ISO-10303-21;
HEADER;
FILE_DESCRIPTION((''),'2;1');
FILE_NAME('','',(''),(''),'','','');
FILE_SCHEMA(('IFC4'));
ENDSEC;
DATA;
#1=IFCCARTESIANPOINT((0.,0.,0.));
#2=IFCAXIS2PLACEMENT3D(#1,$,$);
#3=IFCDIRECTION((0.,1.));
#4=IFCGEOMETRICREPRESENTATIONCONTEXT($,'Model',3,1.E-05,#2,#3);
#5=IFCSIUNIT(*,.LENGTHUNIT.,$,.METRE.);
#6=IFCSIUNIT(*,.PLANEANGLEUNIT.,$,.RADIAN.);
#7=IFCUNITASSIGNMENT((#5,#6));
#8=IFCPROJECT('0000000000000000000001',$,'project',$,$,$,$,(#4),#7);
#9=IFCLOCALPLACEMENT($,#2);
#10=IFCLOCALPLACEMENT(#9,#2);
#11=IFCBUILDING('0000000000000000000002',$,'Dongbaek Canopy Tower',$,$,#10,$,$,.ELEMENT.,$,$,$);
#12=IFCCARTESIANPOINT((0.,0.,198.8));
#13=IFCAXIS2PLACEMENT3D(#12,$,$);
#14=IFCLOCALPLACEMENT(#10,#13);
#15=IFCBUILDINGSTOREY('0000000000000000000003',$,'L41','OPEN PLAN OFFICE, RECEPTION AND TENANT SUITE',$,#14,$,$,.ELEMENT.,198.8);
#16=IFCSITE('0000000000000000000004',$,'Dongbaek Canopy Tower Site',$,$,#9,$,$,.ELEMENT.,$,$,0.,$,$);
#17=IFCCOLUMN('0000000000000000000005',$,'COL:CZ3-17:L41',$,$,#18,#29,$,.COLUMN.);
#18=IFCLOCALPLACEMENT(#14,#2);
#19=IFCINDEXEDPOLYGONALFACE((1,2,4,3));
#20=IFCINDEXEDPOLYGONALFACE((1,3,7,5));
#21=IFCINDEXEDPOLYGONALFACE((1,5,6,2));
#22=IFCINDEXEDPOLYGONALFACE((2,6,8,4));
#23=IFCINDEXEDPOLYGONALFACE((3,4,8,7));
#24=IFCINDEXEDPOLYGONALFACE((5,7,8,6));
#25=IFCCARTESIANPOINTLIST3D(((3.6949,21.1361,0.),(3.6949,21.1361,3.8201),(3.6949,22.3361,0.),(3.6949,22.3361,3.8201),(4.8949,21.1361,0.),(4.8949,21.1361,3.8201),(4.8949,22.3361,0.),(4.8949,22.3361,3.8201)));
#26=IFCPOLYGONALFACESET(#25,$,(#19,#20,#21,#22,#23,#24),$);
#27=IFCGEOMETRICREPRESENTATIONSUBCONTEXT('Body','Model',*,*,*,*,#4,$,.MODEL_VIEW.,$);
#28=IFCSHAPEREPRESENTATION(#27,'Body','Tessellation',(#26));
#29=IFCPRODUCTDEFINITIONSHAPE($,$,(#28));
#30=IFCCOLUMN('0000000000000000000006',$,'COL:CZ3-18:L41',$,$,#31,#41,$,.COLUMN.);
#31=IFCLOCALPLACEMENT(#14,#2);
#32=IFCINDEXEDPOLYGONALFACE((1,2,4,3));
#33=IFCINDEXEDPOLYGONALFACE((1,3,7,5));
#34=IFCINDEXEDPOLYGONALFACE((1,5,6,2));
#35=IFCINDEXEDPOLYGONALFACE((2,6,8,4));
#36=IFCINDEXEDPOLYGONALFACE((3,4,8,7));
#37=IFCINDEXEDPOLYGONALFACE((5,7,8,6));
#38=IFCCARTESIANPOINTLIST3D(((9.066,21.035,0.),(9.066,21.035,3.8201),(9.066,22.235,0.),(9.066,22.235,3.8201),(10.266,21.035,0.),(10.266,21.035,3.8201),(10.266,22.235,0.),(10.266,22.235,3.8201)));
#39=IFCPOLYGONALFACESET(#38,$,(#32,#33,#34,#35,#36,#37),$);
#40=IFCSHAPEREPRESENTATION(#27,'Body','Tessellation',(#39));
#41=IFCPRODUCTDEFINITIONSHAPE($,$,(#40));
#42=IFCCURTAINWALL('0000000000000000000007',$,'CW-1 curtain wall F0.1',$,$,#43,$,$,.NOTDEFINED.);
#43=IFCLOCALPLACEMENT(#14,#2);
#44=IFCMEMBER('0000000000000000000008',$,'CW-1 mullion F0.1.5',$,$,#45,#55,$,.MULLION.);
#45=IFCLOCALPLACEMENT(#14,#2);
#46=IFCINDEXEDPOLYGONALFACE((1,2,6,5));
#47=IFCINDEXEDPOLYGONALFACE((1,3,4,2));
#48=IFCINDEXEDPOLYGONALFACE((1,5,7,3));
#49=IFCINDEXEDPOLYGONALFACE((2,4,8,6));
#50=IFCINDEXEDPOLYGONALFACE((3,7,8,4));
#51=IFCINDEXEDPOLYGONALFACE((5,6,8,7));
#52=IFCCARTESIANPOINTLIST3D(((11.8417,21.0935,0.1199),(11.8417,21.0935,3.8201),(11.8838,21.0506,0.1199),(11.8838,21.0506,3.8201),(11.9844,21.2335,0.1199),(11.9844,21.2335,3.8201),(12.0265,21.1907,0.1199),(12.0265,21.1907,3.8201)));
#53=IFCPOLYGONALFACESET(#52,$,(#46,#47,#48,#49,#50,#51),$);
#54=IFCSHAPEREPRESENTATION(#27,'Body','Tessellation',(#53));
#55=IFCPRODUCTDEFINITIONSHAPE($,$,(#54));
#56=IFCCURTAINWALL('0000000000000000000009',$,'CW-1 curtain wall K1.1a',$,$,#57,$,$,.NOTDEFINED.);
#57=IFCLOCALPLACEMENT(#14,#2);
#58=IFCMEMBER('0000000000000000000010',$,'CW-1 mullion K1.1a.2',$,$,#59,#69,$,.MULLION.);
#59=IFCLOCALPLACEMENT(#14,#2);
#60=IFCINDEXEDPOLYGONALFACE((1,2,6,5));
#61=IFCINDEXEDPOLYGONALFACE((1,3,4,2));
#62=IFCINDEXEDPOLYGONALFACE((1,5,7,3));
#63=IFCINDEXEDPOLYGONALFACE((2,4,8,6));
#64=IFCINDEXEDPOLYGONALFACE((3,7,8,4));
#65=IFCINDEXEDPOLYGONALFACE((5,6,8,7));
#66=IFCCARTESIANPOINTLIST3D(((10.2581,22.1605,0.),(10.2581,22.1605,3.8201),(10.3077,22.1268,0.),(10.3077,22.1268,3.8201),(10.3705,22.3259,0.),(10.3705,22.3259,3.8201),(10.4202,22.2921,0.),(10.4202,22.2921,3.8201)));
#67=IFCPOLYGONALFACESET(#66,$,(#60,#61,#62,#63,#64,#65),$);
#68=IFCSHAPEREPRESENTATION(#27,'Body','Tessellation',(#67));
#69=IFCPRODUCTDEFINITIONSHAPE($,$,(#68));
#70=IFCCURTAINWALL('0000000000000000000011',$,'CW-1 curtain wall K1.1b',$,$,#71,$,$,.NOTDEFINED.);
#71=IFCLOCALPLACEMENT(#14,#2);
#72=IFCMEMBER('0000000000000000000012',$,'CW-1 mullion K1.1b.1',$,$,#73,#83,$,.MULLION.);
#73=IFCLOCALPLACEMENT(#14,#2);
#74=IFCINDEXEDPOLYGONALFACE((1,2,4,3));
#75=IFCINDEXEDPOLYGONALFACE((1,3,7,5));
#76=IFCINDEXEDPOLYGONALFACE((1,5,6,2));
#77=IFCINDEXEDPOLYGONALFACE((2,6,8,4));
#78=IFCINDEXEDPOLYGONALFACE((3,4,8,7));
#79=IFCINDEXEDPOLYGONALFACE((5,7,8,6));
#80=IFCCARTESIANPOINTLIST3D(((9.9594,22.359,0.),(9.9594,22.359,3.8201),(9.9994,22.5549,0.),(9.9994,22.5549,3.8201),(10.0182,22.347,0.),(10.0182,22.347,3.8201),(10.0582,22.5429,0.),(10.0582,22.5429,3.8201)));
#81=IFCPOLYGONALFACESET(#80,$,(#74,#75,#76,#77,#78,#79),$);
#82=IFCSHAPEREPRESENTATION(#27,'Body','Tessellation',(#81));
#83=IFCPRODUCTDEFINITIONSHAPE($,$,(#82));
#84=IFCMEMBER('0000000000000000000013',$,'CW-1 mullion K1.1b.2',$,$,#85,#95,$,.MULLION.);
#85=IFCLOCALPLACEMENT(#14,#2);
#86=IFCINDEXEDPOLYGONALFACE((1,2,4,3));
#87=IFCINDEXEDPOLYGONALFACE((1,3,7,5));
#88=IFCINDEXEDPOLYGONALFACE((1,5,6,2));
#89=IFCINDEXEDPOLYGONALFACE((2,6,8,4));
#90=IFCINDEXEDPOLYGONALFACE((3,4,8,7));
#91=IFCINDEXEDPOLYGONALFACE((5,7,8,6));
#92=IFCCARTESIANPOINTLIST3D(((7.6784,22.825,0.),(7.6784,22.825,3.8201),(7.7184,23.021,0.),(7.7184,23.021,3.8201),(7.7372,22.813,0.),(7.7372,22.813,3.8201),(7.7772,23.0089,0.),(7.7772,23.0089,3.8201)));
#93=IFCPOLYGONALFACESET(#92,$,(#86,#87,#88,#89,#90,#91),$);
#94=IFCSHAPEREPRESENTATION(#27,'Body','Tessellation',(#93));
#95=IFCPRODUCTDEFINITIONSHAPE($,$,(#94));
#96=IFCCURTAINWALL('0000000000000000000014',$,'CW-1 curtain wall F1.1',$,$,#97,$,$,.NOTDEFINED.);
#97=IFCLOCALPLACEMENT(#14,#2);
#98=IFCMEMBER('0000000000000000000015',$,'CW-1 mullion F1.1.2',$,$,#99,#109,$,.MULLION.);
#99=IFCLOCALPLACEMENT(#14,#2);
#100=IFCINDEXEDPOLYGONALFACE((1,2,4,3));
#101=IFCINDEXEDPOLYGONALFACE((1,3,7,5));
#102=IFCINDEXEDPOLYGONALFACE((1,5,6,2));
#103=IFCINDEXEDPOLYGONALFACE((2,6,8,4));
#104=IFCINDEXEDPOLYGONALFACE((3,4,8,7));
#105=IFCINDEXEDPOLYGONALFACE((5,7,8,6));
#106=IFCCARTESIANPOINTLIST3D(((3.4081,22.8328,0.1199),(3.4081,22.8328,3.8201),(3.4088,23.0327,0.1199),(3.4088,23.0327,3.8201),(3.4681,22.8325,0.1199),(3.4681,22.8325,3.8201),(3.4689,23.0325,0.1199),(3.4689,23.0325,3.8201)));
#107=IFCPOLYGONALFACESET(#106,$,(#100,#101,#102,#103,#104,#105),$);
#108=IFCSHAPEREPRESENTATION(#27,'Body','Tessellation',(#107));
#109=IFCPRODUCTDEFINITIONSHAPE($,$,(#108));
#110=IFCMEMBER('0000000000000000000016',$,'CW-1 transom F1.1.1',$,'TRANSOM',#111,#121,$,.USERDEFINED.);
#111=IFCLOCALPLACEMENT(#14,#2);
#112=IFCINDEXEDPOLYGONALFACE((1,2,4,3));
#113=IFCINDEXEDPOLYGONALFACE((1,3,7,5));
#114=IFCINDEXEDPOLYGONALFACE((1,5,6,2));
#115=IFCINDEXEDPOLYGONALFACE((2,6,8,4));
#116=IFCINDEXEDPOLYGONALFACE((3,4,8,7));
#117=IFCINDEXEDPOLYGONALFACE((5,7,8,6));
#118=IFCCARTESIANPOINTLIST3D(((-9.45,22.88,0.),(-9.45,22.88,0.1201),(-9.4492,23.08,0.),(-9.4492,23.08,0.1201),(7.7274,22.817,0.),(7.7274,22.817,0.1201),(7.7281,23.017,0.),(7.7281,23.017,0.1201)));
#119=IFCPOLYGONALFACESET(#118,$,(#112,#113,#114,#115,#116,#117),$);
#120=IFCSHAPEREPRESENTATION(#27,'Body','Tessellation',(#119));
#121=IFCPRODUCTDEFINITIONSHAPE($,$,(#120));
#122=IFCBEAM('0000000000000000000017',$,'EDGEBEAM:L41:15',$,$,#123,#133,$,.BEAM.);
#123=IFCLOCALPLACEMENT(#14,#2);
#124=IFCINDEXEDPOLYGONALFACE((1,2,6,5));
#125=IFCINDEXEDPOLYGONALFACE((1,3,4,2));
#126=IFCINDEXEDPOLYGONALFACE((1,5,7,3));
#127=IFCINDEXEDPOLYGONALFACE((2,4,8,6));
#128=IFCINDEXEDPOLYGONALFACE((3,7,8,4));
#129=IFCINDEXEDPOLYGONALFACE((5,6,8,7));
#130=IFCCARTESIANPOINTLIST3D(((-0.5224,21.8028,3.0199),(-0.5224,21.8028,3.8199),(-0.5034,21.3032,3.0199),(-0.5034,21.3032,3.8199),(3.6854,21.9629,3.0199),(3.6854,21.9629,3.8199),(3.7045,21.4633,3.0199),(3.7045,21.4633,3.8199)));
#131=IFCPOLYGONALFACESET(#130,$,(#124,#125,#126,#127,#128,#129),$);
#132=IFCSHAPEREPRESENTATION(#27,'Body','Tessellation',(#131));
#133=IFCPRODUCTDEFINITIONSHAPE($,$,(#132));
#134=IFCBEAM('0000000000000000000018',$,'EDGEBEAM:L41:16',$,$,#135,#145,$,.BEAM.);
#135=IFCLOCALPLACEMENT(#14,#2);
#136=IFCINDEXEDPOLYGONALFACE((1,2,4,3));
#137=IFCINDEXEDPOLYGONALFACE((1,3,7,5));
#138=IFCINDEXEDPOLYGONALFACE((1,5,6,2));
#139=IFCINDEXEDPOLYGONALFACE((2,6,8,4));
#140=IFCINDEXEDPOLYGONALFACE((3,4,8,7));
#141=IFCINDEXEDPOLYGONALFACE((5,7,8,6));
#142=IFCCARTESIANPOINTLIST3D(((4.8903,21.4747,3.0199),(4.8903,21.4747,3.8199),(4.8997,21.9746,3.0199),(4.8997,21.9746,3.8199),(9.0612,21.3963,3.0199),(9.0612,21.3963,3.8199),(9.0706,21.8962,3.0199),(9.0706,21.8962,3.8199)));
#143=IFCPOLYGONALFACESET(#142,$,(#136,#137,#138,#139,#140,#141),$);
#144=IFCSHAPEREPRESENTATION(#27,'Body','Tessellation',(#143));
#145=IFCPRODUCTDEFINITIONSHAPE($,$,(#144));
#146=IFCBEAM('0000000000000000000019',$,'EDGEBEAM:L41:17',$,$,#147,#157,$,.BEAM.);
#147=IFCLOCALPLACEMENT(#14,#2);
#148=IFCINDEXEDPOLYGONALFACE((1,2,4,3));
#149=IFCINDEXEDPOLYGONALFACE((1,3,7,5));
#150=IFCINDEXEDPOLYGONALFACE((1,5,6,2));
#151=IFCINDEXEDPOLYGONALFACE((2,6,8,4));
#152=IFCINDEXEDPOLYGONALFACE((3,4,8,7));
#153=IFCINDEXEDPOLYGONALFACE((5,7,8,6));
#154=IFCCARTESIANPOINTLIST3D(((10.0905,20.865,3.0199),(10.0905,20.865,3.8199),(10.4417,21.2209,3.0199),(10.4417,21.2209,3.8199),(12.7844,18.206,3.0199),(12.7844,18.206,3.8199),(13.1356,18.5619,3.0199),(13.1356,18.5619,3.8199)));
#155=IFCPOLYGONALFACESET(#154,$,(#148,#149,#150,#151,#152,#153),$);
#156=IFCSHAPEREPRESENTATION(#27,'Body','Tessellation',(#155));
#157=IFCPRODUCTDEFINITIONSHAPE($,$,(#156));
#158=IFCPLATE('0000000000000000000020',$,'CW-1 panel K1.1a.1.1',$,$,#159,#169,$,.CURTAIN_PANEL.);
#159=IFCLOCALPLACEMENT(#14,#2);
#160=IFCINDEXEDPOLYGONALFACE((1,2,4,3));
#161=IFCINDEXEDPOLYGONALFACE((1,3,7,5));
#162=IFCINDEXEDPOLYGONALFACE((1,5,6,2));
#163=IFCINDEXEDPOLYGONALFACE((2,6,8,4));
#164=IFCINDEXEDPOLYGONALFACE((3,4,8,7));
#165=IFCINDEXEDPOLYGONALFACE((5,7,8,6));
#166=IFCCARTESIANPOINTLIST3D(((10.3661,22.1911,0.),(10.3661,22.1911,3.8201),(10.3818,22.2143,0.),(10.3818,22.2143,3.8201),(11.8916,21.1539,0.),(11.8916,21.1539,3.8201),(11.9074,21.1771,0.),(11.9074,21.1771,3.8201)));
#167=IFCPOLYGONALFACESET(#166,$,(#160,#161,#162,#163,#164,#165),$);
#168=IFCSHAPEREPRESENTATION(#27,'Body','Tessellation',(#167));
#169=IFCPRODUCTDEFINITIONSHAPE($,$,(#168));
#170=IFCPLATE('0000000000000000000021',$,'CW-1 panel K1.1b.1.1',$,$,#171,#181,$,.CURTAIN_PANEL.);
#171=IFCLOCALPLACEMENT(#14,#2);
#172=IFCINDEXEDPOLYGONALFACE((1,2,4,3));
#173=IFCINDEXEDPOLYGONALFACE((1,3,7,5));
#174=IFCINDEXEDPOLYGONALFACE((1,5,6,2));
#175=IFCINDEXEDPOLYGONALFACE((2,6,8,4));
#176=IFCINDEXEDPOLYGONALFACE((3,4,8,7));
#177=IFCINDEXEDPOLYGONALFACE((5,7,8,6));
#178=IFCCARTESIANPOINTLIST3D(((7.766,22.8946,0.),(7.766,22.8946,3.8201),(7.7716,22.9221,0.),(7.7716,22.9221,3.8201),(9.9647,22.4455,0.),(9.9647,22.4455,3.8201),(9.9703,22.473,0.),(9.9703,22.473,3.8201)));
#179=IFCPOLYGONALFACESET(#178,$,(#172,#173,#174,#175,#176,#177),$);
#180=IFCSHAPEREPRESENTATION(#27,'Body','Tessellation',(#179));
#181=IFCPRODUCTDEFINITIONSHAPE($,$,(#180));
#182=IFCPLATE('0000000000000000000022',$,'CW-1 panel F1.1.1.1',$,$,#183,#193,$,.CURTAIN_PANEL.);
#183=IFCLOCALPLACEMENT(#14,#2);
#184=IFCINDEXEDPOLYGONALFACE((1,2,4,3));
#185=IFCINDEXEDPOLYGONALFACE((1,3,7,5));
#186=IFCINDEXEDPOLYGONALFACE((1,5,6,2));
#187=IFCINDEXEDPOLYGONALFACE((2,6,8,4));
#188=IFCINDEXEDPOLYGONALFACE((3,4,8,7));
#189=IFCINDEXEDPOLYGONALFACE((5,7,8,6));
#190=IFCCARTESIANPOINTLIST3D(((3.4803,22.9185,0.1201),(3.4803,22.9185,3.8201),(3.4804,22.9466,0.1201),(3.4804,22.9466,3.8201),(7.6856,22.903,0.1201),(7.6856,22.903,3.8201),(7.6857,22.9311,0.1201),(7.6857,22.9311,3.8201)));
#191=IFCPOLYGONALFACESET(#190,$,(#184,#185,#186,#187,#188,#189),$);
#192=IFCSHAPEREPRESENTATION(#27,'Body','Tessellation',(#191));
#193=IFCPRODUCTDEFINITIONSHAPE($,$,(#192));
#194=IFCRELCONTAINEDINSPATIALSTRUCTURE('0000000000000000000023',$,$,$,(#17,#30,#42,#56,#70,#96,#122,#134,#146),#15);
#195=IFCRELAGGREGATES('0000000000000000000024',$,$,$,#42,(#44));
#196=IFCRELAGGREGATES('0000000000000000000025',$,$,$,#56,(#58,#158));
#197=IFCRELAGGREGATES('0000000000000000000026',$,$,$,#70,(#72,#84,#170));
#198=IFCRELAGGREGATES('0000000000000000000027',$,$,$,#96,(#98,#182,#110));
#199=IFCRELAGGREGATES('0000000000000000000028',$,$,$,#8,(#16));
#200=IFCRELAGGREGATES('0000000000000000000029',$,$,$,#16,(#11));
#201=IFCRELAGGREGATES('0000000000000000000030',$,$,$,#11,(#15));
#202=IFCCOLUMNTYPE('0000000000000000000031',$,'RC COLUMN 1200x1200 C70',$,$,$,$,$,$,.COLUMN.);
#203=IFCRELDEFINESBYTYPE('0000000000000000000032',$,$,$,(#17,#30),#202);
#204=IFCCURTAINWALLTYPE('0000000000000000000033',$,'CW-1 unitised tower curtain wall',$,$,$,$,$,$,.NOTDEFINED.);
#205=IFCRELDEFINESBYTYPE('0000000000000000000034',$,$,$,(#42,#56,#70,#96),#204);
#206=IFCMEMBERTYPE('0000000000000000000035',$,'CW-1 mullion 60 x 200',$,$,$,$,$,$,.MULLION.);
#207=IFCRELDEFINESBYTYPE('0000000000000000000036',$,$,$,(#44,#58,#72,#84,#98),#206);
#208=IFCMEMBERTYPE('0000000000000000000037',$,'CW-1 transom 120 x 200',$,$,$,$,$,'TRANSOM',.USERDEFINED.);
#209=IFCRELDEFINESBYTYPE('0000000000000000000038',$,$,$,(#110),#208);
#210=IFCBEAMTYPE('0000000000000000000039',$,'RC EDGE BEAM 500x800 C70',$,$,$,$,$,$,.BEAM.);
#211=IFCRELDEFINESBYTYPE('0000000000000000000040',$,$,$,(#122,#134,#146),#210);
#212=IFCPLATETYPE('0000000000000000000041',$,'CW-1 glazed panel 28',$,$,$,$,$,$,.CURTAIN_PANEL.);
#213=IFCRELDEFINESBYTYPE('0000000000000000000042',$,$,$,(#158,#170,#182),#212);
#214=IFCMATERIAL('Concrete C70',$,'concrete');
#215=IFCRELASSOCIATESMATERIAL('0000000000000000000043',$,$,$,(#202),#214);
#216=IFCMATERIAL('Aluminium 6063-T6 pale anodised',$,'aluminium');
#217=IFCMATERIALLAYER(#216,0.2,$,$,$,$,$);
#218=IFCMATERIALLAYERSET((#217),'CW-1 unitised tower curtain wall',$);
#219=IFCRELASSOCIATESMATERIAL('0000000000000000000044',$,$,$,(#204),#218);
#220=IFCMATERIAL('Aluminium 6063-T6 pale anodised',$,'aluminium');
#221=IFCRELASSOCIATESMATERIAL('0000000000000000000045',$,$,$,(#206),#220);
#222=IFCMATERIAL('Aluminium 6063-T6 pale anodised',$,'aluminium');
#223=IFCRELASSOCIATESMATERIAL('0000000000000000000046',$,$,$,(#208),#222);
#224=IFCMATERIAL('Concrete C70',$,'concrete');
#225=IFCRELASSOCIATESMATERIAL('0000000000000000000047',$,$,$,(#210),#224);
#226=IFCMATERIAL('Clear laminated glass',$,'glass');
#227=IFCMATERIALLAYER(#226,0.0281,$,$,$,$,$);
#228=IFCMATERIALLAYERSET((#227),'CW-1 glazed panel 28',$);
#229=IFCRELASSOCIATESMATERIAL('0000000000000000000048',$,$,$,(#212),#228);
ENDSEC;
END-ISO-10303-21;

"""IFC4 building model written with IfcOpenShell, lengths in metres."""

from ifc_helpers import new_model, si_unit, direction, frame, origin, origin_2d, place, context, subcontext, project, spatial, rectangle, extrude, material, layer, layer_set, material_profile, profile_set, type_object, element, aggregate, save


model = new_model("IFC4")

# Units and contexts
model_context = context("Model", 3, precision=1e-05, world=origin(), true_north=direction((0.0, 1.0)))
body_context = subcontext(model_context, "Body", "Model", "MODEL_VIEW")
ifc_project = project(units=[si_unit("LENGTHUNIT", "METRE"), si_unit("PLANEANGLEUNIT", "RADIAN")], contexts=[model_context])

# Site, building, storey
site_placement = place(None, origin())
site = spatial("IfcSite", under=ifc_project, at=site_placement, Name="Dongbaek Canopy Tower Site", CompositionType="ELEMENT", RefElevation=0.0)
building_placement = place(site_placement, origin())
building = spatial("IfcBuilding", under=site, at=building_placement, Name="Dongbaek Canopy Tower", CompositionType="ELEMENT")
storey_placement = place(building_placement, frame((0.0, 0.0, 198.8)))
storey = spatial("IfcBuildingStorey", under=building, at=storey_placement, Name="L41", Description="OPEN PLAN OFFICE, RECEPTION AND TENANT SUITE", CompositionType="ELEMENT", Elevation=198.8)

# Columns
ifc_material_1 = material(Name="Concrete C70", Category="concrete")
ifc_material_profile_1 = material_profile(ifc_material_1, rectangle(XDim=1.2, YDim=1.2, at=origin_2d()), Name="RC COLUMN 1200x1200 C70")
ifc_profile_set_1 = profile_set([ifc_material_profile_1], Name="Concrete C70")
column_type = type_object("IfcColumnType", Name="RC COLUMN 1200x1200 C70", PredefinedType="COLUMN", material=ifc_profile_set_1)
for number, where, z_axis, x_axis, name in (
    (1, (4.2949, 21.7361, 0.0), (0.0, 0.0, 1.0), (1.0, 0.0, 0.0), "COL:CZ3-17:L41"),
    (2, (9.666, 21.635, 0.0), (0.0, 0.0, 1.0), (1.0, 0.0, 0.0), "COL:CZ3-18:L41"),
):
    element("IfcColumn", number, at=place(storey_placement, frame(where, z_axis=z_axis, x_axis=x_axis)), inside=storey, type_object=column_type, Name=name, PredefinedType="COLUMN", context=body_context, shape_type="SweptSolid", body=[
        extrude(rectangle(XDim=1.2, YDim=1.2, at=origin_2d()), origin(), (0.0, 0.0, 1.0), 3.8201),
    ])

# Curtain walls, members
ifc_material_2 = material(Name="Aluminium 6063-T6 pale anodised", Category="aluminium")
ifc_layer_1 = layer(ifc_material_2, 0.2)
ifc_layer_set_1 = layer_set([ifc_layer_1], Name="CW-1 unitised tower curtain wall")
curtain_wall_type = type_object("IfcCurtainWallType", Name="CW-1 unitised tower curtain wall", PredefinedType="NOTDEFINED", material=ifc_layer_set_1)
curtain_wall_1_placement = place(storey_placement, origin())
curtain_wall_1 = element("IfcCurtainWall", 3, at=curtain_wall_1_placement, inside=storey, type_object=curtain_wall_type, Name="CW-1 curtain wall F0.1", PredefinedType="NOTDEFINED")
ifc_material_3 = material(Name="Aluminium 6063-T6 pale anodised", Category="aluminium")
ifc_material_profile_2 = material_profile(ifc_material_3, rectangle(XDim=0.2, YDim=0.0601, at=origin_2d()), Name="CW-1 mullion 60 x 200")
ifc_profile_set_2 = profile_set([ifc_material_profile_2], Name="Aluminium 6063-T6 pale anodised")
member_type_1 = type_object("IfcMemberType", Name="CW-1 mullion 60 x 200", PredefinedType="MULLION", material=ifc_profile_set_2)
member_1_placement = place(storey_placement, frame((11.9341, 21.1421, 0.1199), z_axis=(0.0, 0.0, 1.0), x_axis=(0.713782, 0.700368, 0.0)))
member_1 = element("IfcMember", 4, at=member_1_placement, type_object=member_type_1, Name="CW-1 mullion F0.1.5", PredefinedType="MULLION", context=body_context, shape_type="SweptSolid", body=[
    extrude(rectangle(XDim=0.2, YDim=0.0601, at=origin_2d()), origin(), (0.0, 0.0, 1.0), 3.7002),
])
aggregate(curtain_wall_1, [member_1])
curtain_wall_2_placement = place(storey_placement, origin())
curtain_wall_2 = element("IfcCurtainWall", 5, at=curtain_wall_2_placement, inside=storey, type_object=curtain_wall_type, Name="CW-1 curtain wall K1.1a", PredefinedType="NOTDEFINED")
member_2_placement = place(storey_placement, frame((10.3391, 22.2263, 0.0), z_axis=(0.0, 0.0, 1.0), x_axis=(0.562232, 0.82698, 0.0)))
member_2 = element("IfcMember", 6, at=member_2_placement, type_object=member_type_1, Name="CW-1 mullion K1.1a.2", PredefinedType="MULLION", context=body_context, shape_type="SweptSolid", body=[
    extrude(rectangle(XDim=0.2, YDim=0.0601, at=origin_2d()), origin(), (0.0, 0.0, 1.0), 3.8201),
])

# Curtain walls, members
curtain_wall_3_placement = place(storey_placement, origin())
curtain_wall_3 = element("IfcCurtainWall", 7, at=curtain_wall_3_placement, inside=storey, type_object=curtain_wall_type, Name="CW-1 curtain wall K1.1b", PredefinedType="NOTDEFINED")
member_3_placement = place(storey_placement, frame((10.0088, 22.4509, 0.0), z_axis=(0.0, 0.0, 1.0), x_axis=(0.200117, 0.979772, 0.0)))
member_3 = element("IfcMember", 8, at=member_3_placement, type_object=member_type_1, Name="CW-1 mullion K1.1b.1", PredefinedType="MULLION", context=body_context, shape_type="SweptSolid", body=[
    extrude(rectangle(XDim=0.2, YDim=0.0601, at=origin_2d()), origin(), (0.0, 0.0, 1.0), 3.8201),
])
member_4_placement = place(storey_placement, frame((7.7278, 22.917, 0.0), z_axis=(0.0, 0.0, 1.0), x_axis=(0.200117, 0.979772, 0.0)))
member_4 = element("IfcMember", 9, at=member_4_placement, type_object=member_type_1, Name="CW-1 mullion K1.1b.2", PredefinedType="MULLION", context=body_context, shape_type="SweptSolid", body=[
    extrude(rectangle(XDim=0.2, YDim=0.0601, at=origin_2d()), origin(), (0.0, 0.0, 1.0), 3.8201),
])
curtain_wall_4_placement = place(storey_placement, origin())
curtain_wall_4 = element("IfcCurtainWall", 10, at=curtain_wall_4_placement, inside=storey, type_object=curtain_wall_type, Name="CW-1 curtain wall F1.1", PredefinedType="NOTDEFINED")
member_5_placement = place(storey_placement, frame((3.4385, 22.9326, 0.1199), z_axis=(0.0, 0.0, 1.0), x_axis=(0.003675, 0.999993, 0.0)))
member_5 = element("IfcMember", 11, at=member_5_placement, type_object=member_type_1, Name="CW-1 mullion F1.1.2", PredefinedType="MULLION", context=body_context, shape_type="SweptSolid", body=[
    extrude(rectangle(XDim=0.2, YDim=0.0601, at=origin_2d()), origin(), (0.0, 0.0, 1.0), 3.7002),
])
ifc_material_4 = material(Name="Aluminium 6063-T6 pale anodised", Category="aluminium")
ifc_material_profile_3 = material_profile(ifc_material_4, rectangle(XDim=0.2, YDim=0.1201, at=origin_2d()), Name="CW-1 transom 120 x 200")
ifc_profile_set_3 = profile_set([ifc_material_profile_3], Name="Aluminium 6063-T6 pale anodised")
member_type_2 = type_object("IfcMemberType", Name="CW-1 transom 120 x 200", ElementType="TRANSOM", PredefinedType="USERDEFINED", material=ifc_profile_set_3)
member_6_placement = place(storey_placement, frame((7.7278, 22.917, 0.0601), z_axis=(-0.999993, 0.003667, 0.0), x_axis=(-0.003667, -0.999993, 0.0)))
member_6 = element("IfcMember", 12, at=member_6_placement, type_object=member_type_2, Name="CW-1 transom F1.1.1", ObjectType="TRANSOM", PredefinedType="USERDEFINED", context=body_context, shape_type="SweptSolid", body=[
    extrude(rectangle(XDim=0.2, YDim=0.1201, at=origin_2d()), origin(), (0.0, 0.0, 1.0), 17.1775),
])

# Beams
ifc_material_5 = material(Name="Concrete C70", Category="concrete")
ifc_material_profile_4 = material_profile(ifc_material_5, rectangle(XDim=0.5, YDim=0.8, at=origin_2d()), Name="RC EDGE BEAM 500x800 C70")
ifc_profile_set_4 = profile_set([ifc_material_profile_4], Name="Concrete C70")
beam_type = type_object("IfcBeamType", Name="RC EDGE BEAM 500x800 C70", PredefinedType="BEAM", material=ifc_profile_set_4)
beam_1_placement = place(storey_placement, frame((-0.5129, 21.553, 3.4199), z_axis=(0.999277, 0.038032, 0.0), x_axis=(-0.038032, 0.999277, 0.0)))
element("IfcBeam", 13, at=beam_1_placement, inside=storey, type_object=beam_type, Name="EDGEBEAM:L41:15", PredefinedType="BEAM", context=body_context, shape_type="SweptSolid", body=[
    extrude(rectangle(XDim=0.5, YDim=0.8, at=origin_2d()), origin(), (0.0, 0.0, 1.0), 4.2109),
])
beam_2_placement = place(storey_placement, frame((4.895, 21.7246, 3.4199), z_axis=(0.999824, -0.018786, 0.0), x_axis=(0.018786, 0.999824, 0.0)))
element("IfcBeam", 14, at=beam_2_placement, inside=storey, type_object=beam_type, Name="EDGEBEAM:L41:16", PredefinedType="BEAM", context=body_context, shape_type="SweptSolid", body=[
    extrude(rectangle(XDim=0.5, YDim=0.8, at=origin_2d()), origin(), (0.0, 0.0, 1.0), 4.1716),
])
beam_3_placement = place(storey_placement, frame((10.2661, 21.043, 3.4199), z_axis=(0.711704, -0.70248, 0.0), x_axis=(0.70248, 0.711704, 0.0)))
element("IfcBeam", 15, at=beam_3_placement, inside=storey, type_object=beam_type, Name="EDGEBEAM:L41:17", PredefinedType="BEAM", context=body_context, shape_type="SweptSolid", body=[
    extrude(rectangle(XDim=0.5, YDim=0.8, at=origin_2d()), origin(), (0.0, 0.0, 1.0), 3.7852),
])

# Plates
ifc_material_6 = material(Name="Clear laminated glass", Category="glass")
ifc_layer_2 = layer(ifc_material_6, 0.0281)
ifc_layer_set_2 = layer_set([ifc_layer_2], Name="CW-1 glazed panel 28")
plate_type = type_object("IfcPlateType", Name="CW-1 glazed panel 28", PredefinedType="CURTAIN_PANEL", material=ifc_layer_set_2)
plate_1_placement = place(storey_placement, frame((11.1367, 21.6841, 0.0), z_axis=(0.0, 0.0, 1.0), x_axis=(-0.82698, 0.562232, 0.0)))
plate_1 = element("IfcPlate", 16, at=plate_1_placement, type_object=plate_type, Name="CW-1 panel K1.1a.1.1", PredefinedType="CURTAIN_PANEL", context=body_context, shape_type="SweptSolid", body=[
    extrude(rectangle(XDim=1.8447, YDim=0.0281, at=origin_2d()), origin(), (0.0, 0.0, 1.0), 3.8201),
])
aggregate(curtain_wall_2, [member_2, plate_1])
plate_2_placement = place(storey_placement, frame((8.8682, 22.6838, 0.0), z_axis=(0.0, 0.0, 1.0), x_axis=(-0.979772, 0.200117, 0.0)))
plate_2 = element("IfcPlate", 17, at=plate_2_placement, type_object=plate_type, Name="CW-1 panel K1.1b.1.1", PredefinedType="CURTAIN_PANEL", context=body_context, shape_type="SweptSolid", body=[
    extrude(rectangle(XDim=2.2441, YDim=0.0281, at=origin_2d()), origin(), (0.0, 0.0, 1.0), 3.8201),
])
aggregate(curtain_wall_3, [member_3, member_4, plate_2])
plate_3_placement = place(storey_placement, frame((5.583, 22.9248, 0.1201), z_axis=(0.0, 0.0, 1.0), x_axis=(-0.999993, 0.003675, 0.0)))
plate_3 = element("IfcPlate", 18, at=plate_3_placement, type_object=plate_type, Name="CW-1 panel F1.1.1.1", PredefinedType="CURTAIN_PANEL", context=body_context, shape_type="SweptSolid", body=[
    extrude(rectangle(XDim=4.2053, YDim=0.0281, at=origin_2d()), origin(), (0.0, 0.0, 1.0), 3.7),
])

aggregate(curtain_wall_4, [member_5, plate_3, member_6])

save(model, "model.ifc")
